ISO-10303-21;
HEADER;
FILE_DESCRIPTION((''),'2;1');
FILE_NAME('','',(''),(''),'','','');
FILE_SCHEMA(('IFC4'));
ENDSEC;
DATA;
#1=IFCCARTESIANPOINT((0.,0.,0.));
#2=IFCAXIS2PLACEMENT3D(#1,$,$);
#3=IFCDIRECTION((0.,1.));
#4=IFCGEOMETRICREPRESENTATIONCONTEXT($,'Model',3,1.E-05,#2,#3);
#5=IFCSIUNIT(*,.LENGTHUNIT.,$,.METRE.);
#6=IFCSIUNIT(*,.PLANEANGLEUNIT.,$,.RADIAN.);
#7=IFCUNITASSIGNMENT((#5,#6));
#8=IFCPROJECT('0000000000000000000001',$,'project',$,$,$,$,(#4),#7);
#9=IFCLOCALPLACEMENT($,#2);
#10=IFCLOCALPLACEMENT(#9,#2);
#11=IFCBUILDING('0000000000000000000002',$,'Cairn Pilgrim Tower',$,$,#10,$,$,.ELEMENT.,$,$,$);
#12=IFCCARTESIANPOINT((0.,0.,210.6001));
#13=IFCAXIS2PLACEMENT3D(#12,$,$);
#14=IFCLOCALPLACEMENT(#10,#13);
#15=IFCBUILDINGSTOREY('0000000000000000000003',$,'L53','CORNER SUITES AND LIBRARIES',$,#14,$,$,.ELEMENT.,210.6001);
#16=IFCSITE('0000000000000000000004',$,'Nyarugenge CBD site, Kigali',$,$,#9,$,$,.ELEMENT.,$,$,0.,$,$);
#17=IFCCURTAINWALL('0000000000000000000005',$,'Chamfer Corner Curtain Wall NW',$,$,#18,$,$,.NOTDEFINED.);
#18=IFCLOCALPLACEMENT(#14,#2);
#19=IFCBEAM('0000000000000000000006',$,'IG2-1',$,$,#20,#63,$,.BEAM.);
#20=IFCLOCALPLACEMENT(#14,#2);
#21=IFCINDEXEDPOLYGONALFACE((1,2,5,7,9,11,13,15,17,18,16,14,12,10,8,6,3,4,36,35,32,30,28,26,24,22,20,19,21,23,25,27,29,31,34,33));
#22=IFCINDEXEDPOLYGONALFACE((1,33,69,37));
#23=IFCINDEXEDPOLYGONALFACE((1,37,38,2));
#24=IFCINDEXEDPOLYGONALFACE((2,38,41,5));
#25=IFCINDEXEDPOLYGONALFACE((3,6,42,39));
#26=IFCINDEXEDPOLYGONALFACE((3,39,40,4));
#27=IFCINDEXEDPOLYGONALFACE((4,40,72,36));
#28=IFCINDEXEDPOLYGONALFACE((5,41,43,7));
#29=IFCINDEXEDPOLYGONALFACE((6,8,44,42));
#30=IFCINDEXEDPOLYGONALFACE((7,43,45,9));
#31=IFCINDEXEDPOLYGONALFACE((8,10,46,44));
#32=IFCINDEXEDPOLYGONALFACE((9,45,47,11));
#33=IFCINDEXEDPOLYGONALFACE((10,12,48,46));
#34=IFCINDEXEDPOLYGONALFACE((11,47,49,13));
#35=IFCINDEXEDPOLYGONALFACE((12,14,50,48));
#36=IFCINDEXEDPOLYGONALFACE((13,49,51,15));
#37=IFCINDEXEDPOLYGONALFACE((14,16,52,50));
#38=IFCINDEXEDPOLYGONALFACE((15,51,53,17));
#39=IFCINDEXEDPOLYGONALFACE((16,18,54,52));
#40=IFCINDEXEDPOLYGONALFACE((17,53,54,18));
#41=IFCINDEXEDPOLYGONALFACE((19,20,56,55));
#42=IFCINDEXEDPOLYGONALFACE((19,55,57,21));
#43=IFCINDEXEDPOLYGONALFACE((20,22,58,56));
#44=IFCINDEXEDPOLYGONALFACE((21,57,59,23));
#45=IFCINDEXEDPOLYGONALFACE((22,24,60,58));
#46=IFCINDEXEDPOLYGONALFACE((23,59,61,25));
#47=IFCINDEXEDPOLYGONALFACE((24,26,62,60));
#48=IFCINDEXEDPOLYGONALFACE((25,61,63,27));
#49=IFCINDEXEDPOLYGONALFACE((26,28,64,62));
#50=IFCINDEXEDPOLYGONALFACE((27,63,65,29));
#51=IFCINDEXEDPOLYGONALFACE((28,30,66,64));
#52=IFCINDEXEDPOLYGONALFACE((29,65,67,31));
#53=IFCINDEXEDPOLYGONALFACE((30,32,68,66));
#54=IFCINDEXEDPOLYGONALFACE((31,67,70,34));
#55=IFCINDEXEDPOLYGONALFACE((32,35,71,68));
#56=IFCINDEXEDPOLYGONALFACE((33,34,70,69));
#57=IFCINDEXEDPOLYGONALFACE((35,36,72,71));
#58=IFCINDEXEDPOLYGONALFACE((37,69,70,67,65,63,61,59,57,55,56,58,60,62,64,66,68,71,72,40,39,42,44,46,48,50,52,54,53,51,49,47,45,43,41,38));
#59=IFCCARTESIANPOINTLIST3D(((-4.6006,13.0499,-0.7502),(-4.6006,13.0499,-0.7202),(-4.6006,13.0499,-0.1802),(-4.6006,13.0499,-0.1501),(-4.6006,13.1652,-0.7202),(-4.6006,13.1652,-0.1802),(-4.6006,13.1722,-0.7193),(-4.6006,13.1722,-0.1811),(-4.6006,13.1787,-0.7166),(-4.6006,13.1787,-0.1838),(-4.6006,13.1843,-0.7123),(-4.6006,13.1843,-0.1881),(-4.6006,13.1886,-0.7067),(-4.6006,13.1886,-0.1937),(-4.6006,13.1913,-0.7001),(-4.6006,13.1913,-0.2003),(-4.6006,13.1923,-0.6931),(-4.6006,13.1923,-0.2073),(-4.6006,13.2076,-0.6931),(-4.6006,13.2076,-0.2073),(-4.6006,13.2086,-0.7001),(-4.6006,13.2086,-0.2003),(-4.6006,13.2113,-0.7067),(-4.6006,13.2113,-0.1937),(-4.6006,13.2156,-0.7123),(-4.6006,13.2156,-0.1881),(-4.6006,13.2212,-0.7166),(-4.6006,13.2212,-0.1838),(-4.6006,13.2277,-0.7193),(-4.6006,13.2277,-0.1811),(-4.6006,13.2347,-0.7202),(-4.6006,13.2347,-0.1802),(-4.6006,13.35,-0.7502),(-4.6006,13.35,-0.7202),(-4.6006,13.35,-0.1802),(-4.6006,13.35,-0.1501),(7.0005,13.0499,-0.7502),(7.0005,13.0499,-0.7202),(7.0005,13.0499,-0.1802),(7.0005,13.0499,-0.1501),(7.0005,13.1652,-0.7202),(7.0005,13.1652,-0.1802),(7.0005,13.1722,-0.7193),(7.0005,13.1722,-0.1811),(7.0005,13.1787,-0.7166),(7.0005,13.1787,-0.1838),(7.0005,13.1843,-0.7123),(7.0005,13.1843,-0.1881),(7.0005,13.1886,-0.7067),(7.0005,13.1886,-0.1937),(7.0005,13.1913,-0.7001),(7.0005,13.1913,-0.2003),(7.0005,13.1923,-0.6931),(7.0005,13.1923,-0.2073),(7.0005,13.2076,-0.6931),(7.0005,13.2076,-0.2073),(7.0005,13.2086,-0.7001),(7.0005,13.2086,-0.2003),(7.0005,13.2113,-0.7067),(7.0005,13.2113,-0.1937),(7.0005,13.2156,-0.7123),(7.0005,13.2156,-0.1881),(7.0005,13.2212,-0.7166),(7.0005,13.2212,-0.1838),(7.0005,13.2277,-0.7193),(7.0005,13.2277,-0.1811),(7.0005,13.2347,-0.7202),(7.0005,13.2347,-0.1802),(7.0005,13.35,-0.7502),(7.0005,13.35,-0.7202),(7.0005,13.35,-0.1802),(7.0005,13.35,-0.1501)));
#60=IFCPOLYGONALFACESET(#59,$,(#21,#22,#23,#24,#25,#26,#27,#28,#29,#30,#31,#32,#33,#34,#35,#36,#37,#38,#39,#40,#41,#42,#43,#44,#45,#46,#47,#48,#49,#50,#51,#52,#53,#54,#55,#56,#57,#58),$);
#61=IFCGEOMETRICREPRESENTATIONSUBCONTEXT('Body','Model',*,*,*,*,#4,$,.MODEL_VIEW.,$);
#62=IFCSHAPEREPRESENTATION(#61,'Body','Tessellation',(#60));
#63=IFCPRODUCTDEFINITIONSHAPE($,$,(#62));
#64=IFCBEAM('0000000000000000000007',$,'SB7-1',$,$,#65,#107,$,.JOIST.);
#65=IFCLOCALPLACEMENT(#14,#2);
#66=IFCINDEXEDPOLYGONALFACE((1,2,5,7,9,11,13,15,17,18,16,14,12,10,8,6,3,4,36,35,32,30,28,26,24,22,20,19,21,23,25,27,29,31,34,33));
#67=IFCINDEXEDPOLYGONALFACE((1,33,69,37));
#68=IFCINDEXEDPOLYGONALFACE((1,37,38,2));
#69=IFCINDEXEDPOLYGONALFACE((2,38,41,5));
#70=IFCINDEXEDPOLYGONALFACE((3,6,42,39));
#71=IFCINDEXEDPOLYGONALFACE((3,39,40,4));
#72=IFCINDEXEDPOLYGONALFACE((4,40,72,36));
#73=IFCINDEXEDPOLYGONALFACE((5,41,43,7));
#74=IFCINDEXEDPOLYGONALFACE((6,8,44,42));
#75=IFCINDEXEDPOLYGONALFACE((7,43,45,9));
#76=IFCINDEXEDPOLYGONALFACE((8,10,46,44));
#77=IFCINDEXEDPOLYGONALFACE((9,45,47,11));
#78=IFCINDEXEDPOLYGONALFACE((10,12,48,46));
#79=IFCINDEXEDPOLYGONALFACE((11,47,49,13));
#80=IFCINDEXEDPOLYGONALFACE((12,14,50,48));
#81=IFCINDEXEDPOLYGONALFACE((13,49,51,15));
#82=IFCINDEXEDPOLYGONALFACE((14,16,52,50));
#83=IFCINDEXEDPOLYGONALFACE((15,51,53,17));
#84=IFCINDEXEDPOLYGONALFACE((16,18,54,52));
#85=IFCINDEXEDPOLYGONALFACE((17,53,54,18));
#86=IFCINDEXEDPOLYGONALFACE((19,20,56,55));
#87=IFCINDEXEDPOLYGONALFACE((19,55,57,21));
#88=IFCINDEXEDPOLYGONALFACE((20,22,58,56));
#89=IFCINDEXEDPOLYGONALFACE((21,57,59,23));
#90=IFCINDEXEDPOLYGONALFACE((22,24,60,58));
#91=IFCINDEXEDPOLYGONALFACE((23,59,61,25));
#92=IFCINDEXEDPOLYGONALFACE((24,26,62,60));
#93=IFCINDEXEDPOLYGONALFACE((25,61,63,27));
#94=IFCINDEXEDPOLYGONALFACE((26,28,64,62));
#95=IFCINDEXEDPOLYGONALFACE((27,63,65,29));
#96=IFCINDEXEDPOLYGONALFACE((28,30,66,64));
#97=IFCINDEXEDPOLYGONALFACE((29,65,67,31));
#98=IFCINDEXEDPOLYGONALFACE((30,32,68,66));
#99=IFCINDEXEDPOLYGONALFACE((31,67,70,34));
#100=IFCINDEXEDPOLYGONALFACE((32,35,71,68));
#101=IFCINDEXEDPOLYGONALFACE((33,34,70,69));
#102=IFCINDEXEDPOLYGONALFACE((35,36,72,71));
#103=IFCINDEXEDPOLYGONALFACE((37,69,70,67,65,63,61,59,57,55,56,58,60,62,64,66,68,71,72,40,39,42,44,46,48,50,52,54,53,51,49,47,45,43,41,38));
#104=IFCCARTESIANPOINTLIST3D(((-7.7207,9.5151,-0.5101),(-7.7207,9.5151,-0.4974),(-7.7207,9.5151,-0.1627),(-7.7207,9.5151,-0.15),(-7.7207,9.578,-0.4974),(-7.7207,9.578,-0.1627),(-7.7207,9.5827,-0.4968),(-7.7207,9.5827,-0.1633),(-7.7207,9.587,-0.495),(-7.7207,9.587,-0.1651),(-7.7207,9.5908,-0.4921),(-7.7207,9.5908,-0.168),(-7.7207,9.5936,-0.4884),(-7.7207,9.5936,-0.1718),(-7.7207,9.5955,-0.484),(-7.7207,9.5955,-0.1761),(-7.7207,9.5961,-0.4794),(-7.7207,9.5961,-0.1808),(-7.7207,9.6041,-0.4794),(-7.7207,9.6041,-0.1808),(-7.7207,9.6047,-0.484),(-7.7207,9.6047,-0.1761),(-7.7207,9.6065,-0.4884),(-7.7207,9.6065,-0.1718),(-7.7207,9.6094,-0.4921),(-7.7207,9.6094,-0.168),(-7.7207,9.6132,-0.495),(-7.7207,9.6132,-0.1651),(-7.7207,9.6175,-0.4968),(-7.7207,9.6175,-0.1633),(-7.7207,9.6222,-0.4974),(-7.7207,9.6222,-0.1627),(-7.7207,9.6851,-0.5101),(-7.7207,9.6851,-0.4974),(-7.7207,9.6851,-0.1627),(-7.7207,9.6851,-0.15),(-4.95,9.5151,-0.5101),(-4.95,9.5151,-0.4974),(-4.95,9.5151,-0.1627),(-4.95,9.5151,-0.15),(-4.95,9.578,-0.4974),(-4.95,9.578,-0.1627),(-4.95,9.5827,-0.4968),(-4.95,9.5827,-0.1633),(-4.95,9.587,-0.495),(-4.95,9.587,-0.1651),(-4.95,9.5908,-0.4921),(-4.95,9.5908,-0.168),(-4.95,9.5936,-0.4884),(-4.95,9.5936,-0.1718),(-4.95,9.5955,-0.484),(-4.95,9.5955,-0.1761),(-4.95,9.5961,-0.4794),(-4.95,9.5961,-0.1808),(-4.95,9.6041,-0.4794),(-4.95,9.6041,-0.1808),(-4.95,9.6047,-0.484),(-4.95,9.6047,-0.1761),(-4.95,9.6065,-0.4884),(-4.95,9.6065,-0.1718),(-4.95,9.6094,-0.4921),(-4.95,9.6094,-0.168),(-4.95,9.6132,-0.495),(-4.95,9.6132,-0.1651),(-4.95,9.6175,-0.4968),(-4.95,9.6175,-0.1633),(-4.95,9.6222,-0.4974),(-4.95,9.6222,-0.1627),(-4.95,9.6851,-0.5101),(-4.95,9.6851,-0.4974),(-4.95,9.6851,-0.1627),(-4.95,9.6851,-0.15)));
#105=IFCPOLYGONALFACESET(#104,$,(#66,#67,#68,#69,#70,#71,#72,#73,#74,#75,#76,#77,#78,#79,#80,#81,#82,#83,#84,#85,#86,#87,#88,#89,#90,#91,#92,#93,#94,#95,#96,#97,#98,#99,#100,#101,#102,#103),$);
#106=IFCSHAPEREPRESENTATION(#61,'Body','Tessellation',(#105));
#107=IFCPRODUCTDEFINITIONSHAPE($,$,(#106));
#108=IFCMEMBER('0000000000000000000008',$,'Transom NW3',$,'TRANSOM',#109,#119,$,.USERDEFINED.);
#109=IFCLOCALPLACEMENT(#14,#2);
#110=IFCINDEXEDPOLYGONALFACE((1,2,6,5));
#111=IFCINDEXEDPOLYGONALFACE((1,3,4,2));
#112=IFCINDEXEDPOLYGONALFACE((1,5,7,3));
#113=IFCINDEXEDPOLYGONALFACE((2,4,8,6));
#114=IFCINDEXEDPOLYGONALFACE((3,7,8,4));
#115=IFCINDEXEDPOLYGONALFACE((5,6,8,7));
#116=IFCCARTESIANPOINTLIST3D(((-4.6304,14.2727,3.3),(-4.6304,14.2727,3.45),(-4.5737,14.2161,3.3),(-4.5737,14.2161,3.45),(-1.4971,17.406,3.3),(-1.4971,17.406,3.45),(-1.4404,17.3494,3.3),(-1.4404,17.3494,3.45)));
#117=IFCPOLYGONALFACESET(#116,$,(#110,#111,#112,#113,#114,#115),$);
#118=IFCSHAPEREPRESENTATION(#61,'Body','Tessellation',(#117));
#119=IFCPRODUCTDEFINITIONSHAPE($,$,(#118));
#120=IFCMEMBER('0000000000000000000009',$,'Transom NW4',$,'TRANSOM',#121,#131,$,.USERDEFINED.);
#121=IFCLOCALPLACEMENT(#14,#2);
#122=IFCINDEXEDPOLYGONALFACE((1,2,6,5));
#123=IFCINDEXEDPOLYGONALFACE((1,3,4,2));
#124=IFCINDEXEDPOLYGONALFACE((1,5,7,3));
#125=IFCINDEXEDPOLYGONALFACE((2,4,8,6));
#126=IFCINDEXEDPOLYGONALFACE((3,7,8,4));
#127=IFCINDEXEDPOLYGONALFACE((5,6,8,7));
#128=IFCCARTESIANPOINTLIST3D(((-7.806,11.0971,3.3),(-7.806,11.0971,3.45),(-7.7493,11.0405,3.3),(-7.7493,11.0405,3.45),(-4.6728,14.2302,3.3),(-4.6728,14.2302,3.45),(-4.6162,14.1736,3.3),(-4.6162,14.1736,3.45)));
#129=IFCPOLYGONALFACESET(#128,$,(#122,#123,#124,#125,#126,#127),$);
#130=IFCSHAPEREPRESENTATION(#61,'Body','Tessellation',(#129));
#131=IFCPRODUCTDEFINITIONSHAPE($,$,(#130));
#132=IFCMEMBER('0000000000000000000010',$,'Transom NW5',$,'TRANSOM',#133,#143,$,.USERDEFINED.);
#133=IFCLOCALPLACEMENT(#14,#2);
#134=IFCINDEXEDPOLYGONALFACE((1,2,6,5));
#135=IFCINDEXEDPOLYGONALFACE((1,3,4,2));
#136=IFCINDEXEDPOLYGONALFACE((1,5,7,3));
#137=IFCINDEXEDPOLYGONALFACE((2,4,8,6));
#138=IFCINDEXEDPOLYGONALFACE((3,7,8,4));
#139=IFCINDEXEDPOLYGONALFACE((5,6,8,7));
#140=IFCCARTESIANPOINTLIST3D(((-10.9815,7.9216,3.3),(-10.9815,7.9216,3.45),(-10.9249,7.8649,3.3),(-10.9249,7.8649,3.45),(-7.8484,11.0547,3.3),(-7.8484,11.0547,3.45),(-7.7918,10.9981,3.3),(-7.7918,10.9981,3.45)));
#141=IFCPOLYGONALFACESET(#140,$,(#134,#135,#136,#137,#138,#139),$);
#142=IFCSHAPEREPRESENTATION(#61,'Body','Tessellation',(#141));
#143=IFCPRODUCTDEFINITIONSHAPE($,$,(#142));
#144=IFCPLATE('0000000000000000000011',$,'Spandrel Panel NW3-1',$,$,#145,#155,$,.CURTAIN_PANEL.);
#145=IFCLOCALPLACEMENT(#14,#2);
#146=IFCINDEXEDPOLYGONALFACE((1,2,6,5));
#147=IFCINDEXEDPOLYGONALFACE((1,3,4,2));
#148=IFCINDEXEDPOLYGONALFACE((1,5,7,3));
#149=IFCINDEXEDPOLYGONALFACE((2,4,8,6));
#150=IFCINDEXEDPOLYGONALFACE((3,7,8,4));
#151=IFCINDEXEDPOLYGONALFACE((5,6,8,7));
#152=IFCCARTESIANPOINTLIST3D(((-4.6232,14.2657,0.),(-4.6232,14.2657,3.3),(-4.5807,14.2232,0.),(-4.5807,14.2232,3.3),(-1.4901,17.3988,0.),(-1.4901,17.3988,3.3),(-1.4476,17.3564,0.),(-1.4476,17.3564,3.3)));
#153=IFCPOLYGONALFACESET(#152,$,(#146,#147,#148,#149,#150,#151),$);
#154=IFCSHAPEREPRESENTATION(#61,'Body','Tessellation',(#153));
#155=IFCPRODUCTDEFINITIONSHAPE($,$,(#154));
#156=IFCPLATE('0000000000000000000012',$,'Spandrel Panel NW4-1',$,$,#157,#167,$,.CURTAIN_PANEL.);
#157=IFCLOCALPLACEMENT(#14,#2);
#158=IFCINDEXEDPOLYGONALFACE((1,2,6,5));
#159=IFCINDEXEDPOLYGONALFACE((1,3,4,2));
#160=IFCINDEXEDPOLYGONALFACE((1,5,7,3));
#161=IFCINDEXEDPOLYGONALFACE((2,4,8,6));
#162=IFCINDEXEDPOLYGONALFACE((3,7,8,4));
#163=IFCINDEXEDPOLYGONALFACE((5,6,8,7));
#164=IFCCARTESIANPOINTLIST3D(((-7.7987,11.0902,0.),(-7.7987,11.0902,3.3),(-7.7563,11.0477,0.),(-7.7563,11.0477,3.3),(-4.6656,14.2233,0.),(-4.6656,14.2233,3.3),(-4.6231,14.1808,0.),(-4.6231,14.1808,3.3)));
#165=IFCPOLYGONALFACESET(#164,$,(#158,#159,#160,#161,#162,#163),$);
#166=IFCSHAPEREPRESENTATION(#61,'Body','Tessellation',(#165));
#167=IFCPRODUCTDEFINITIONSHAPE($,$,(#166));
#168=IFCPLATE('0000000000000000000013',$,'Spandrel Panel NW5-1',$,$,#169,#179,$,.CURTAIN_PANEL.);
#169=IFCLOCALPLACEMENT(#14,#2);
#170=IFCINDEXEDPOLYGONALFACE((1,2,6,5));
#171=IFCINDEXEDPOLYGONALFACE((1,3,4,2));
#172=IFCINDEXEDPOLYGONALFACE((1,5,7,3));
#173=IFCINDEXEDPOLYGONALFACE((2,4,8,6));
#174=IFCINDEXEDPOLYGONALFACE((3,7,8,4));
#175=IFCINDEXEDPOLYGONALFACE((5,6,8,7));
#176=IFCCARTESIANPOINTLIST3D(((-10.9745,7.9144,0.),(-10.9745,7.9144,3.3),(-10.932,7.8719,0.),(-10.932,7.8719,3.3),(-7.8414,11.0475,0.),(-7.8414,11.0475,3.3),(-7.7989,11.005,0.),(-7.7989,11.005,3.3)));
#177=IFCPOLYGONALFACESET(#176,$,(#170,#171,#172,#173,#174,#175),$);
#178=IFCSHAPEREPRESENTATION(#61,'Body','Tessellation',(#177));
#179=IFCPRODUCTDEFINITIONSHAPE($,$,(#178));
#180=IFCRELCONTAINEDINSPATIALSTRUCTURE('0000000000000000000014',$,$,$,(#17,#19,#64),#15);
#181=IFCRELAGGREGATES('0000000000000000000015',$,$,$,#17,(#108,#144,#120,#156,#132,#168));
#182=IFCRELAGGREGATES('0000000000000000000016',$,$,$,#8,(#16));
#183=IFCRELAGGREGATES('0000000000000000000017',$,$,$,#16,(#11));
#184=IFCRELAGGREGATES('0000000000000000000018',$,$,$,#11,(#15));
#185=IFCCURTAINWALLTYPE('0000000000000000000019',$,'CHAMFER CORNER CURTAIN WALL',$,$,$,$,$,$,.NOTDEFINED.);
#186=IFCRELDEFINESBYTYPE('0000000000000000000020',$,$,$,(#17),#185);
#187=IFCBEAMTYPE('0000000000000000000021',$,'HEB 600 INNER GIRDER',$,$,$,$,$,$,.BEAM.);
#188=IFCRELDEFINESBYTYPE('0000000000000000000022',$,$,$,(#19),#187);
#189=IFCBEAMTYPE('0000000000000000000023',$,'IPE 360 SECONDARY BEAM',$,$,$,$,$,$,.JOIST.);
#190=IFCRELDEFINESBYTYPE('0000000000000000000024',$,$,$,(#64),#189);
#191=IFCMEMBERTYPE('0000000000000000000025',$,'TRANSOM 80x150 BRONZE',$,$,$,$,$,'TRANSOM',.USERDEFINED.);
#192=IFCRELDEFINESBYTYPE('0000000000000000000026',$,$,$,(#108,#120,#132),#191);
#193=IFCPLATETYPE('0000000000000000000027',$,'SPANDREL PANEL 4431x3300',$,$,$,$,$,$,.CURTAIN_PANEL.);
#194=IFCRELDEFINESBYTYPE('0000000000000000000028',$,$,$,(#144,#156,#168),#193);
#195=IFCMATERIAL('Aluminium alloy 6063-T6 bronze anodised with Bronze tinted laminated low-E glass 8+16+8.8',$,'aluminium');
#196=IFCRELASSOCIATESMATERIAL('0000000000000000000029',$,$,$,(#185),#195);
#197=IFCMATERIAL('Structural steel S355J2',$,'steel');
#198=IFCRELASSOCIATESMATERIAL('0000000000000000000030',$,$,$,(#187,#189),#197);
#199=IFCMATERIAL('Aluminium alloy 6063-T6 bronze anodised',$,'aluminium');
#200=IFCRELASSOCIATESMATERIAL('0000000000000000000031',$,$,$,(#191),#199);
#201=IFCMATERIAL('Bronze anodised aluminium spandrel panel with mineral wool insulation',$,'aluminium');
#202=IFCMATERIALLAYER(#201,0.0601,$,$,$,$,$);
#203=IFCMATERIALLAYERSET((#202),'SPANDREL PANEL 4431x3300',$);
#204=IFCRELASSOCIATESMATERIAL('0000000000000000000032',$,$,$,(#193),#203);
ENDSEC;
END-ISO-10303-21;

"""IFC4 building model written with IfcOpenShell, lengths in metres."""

from ifc_helpers import new_model, si_unit, direction, frame, origin, origin_2d, place, context, subcontext, project, spatial, rectangle, i_section, extrude, material, layer, layer_set, material_profile, profile_set, type_object, element, aggregate, save


model = new_model("IFC4")

# Units and contexts
model_context = context("Model", 3, precision=1e-05, world=origin(), true_north=direction((0.0, 1.0)))
body_context = subcontext(model_context, "Body", "Model", "MODEL_VIEW")
ifc_project = project(units=[si_unit("LENGTHUNIT", "METRE"), si_unit("PLANEANGLEUNIT", "RADIAN")], contexts=[model_context])

# Site, building, storey
site_placement = place(None, origin())
site = spatial("IfcSite", under=ifc_project, at=site_placement, Name="Nyarugenge CBD site, Kigali", CompositionType="ELEMENT", RefElevation=0.0)
building_placement = place(site_placement, origin())
building = spatial("IfcBuilding", under=site, at=building_placement, Name="Cairn Pilgrim Tower", CompositionType="ELEMENT")
storey_placement = place(building_placement, frame((0.0, 0.0, 210.6001)))
storey = spatial("IfcBuildingStorey", under=building, at=storey_placement, Name="L53", Description="CORNER SUITES AND LIBRARIES", CompositionType="ELEMENT", Elevation=210.6001)

# Shared definitions
ifc_material_1 = material(Name="Structural steel S355J2", Category="steel")

# Curtain wall
ifc_material_2 = material(Name="Aluminium alloy 6063-T6 bronze anodised with Bronze tinted laminated low-E glass 8+16+8.8", Category="aluminium")
curtain_wall_type = type_object("IfcCurtainWallType", Name="CHAMFER CORNER CURTAIN WALL", PredefinedType="NOTDEFINED", material=ifc_material_2)
curtain_wall_placement = place(storey_placement, origin())
curtain_wall = element("IfcCurtainWall", 1, at=curtain_wall_placement, inside=storey, type_object=curtain_wall_type, Name="Chamfer Corner Curtain Wall NW", PredefinedType="NOTDEFINED")
ifc_material_3 = material(Name="Aluminium alloy 6063-T6 bronze anodised", Category="aluminium")

# Beams
ifc_material_profile_1 = material_profile(ifc_material_1, i_section(OverallWidth=0.3, OverallDepth=0.6001, WebThickness=0.0154, FlangeThickness=0.03, FilletRadius=0.0271, at=origin_2d()), Name="HEB 600")
ifc_profile_set_1 = profile_set([ifc_material_profile_1], Name="Structural steel S355J2")
beam_type_1 = type_object("IfcBeamType", Name="HEB 600 INNER GIRDER", PredefinedType="BEAM", material=ifc_profile_set_1)
beam_1_placement = place(storey_placement, frame((-4.6006, 13.2, -0.4502), z_axis=(1.0, 0.0, 0.0), x_axis=(0.0, 1.0, 0.0)))
element("IfcBeam", 2, at=beam_1_placement, inside=storey, type_object=beam_type_1, Name="IG2-1", PredefinedType="BEAM", context=body_context, shape_type="SweptSolid", body=[
    extrude(i_section(OverallWidth=0.3, OverallDepth=0.6001, WebThickness=0.0154, FlangeThickness=0.03, FilletRadius=0.0271, at=origin_2d()), origin(), (0.0, 0.0, 1.0), 11.6011),
])
ifc_material_profile_2 = material_profile(ifc_material_1, i_section(OverallWidth=0.1699, OverallDepth=0.3601, WebThickness=0.0081, FlangeThickness=0.0127, FilletRadius=0.0181, at=origin_2d()), Name="IPE 360")
ifc_profile_set_2 = profile_set([ifc_material_profile_2], Name="Structural steel S355J2")
beam_type_2 = type_object("IfcBeamType", Name="IPE 360 SECONDARY BEAM", PredefinedType="JOIST", material=ifc_profile_set_2)
beam_2_placement = place(storey_placement, frame((-7.7207, 9.6001, -0.3301), z_axis=(1.0, 0.0, 0.0), x_axis=(0.0, 1.0, 0.0)))
element("IfcBeam", 3, at=beam_2_placement, inside=storey, type_object=beam_type_2, Name="SB7-1", PredefinedType="JOIST", context=body_context, shape_type="SweptSolid", body=[
    extrude(i_section(OverallWidth=0.1699, OverallDepth=0.3601, WebThickness=0.0081, FlangeThickness=0.0127, FilletRadius=0.0181, at=origin_2d()), origin(), (0.0, 0.0, 1.0), 2.7708),
])

# Members
ifc_material_profile_3 = material_profile(ifc_material_3, rectangle(XDim=0.0801, YDim=0.1499, at=origin_2d()), Name="TRANSOM 80x150 BRONZE")
ifc_profile_set_3 = profile_set([ifc_material_profile_3], Name="Aluminium alloy 6063-T6 bronze anodised")
member_type_1 = type_object("IfcMemberType", Name="TRANSOM 80x150 BRONZE", ElementType="TRANSOM", PredefinedType="USERDEFINED", material=ifc_profile_set_3)
member_1_placement = place(storey_placement, frame((-1.4688, 17.3777, 3.375), z_axis=(-0.707107, -0.707107, 0.0), x_axis=(0.707107, -0.707107, 0.0)))
member_1 = element("IfcMember", 4, at=member_1_placement, type_object=member_type_1, Name="Transom NW3", ObjectType="TRANSOM", PredefinedType="USERDEFINED", context=body_context, shape_type="SweptSolid", body=[
    extrude(rectangle(XDim=0.0801, YDim=0.1499, at=origin_2d()), origin(), (0.0, 0.0, 1.0), 4.4312),
])
member_2_placement = place(storey_placement, frame((-4.6445, 14.2019, 3.375), z_axis=(-0.707107, -0.707107, 0.0), x_axis=(0.707107, -0.707107, 0.0)))
member_2 = element("IfcMember", 5, at=member_2_placement, type_object=member_type_1, Name="Transom NW4", ObjectType="TRANSOM", PredefinedType="USERDEFINED", context=body_context, shape_type="SweptSolid", body=[
    extrude(rectangle(XDim=0.0801, YDim=0.1499, at=origin_2d()), origin(), (0.0, 0.0, 1.0), 4.4309),
])
member_3_placement = place(storey_placement, frame((-7.8201, 11.0264, 3.375), z_axis=(-0.707107, -0.707107, 0.0), x_axis=(0.707107, -0.707107, 0.0)))
member_3 = element("IfcMember", 6, at=member_3_placement, type_object=member_type_1, Name="Transom NW5", ObjectType="TRANSOM", PredefinedType="USERDEFINED", context=body_context, shape_type="SweptSolid", body=[
    extrude(rectangle(XDim=0.0801, YDim=0.1499, at=origin_2d()), origin(), (0.0, 0.0, 1.0), 4.4309),
])

# Plates
ifc_material_4 = material(Name="Bronze anodised aluminium spandrel panel with mineral wool insulation", Category="aluminium")
ifc_layer_1 = layer(ifc_material_4, 0.0601)
ifc_layer_set_1 = layer_set([ifc_layer_1], Name="SPANDREL PANEL 4431x3300")
plate_type = type_object("IfcPlateType", Name="SPANDREL PANEL 4431x3300", PredefinedType="CURTAIN_PANEL", material=ifc_layer_set_1)
plate_1_placement = place(storey_placement, frame((-3.0354, 15.811, 0.0), z_axis=(0.0, 0.0, 1.0), x_axis=(-0.707107, -0.707107, 0.0)))
plate_1 = element("IfcPlate", 7, at=plate_1_placement, type_object=plate_type, Name="Spandrel Panel NW3-1", PredefinedType="CURTAIN_PANEL", context=body_context, shape_type="SweptSolid", body=[
    extrude(rectangle(XDim=4.4309, YDim=0.0601, at=origin_2d()), origin(), (0.0, 0.0, 1.0), 3.3),
])
plate_2_placement = place(storey_placement, frame((-6.2109, 12.6355, 0.0), z_axis=(0.0, 0.0, 1.0), x_axis=(-0.707107, -0.707107, 0.0)))
plate_2 = element("IfcPlate", 8, at=plate_2_placement, type_object=plate_type, Name="Spandrel Panel NW4-1", PredefinedType="CURTAIN_PANEL", context=body_context, shape_type="SweptSolid", body=[
    extrude(rectangle(XDim=4.4309, YDim=0.0601, at=origin_2d()), origin(), (0.0, 0.0, 1.0), 3.3),
])
plate_3_placement = place(storey_placement, frame((-9.3867, 9.4597, 0.0), z_axis=(0.0, 0.0, 1.0), x_axis=(-0.707107, -0.707107, 0.0)))
plate_3 = element("IfcPlate", 9, at=plate_3_placement, type_object=plate_type, Name="Spandrel Panel NW5-1", PredefinedType="CURTAIN_PANEL", context=body_context, shape_type="SweptSolid", body=[
    extrude(rectangle(XDim=4.4309, YDim=0.0601, at=origin_2d()), origin(), (0.0, 0.0, 1.0), 3.3),
])
aggregate(curtain_wall, [member_1, plate_1, member_2, plate_2, member_3, plate_3])

save(model, "model.ifc")
